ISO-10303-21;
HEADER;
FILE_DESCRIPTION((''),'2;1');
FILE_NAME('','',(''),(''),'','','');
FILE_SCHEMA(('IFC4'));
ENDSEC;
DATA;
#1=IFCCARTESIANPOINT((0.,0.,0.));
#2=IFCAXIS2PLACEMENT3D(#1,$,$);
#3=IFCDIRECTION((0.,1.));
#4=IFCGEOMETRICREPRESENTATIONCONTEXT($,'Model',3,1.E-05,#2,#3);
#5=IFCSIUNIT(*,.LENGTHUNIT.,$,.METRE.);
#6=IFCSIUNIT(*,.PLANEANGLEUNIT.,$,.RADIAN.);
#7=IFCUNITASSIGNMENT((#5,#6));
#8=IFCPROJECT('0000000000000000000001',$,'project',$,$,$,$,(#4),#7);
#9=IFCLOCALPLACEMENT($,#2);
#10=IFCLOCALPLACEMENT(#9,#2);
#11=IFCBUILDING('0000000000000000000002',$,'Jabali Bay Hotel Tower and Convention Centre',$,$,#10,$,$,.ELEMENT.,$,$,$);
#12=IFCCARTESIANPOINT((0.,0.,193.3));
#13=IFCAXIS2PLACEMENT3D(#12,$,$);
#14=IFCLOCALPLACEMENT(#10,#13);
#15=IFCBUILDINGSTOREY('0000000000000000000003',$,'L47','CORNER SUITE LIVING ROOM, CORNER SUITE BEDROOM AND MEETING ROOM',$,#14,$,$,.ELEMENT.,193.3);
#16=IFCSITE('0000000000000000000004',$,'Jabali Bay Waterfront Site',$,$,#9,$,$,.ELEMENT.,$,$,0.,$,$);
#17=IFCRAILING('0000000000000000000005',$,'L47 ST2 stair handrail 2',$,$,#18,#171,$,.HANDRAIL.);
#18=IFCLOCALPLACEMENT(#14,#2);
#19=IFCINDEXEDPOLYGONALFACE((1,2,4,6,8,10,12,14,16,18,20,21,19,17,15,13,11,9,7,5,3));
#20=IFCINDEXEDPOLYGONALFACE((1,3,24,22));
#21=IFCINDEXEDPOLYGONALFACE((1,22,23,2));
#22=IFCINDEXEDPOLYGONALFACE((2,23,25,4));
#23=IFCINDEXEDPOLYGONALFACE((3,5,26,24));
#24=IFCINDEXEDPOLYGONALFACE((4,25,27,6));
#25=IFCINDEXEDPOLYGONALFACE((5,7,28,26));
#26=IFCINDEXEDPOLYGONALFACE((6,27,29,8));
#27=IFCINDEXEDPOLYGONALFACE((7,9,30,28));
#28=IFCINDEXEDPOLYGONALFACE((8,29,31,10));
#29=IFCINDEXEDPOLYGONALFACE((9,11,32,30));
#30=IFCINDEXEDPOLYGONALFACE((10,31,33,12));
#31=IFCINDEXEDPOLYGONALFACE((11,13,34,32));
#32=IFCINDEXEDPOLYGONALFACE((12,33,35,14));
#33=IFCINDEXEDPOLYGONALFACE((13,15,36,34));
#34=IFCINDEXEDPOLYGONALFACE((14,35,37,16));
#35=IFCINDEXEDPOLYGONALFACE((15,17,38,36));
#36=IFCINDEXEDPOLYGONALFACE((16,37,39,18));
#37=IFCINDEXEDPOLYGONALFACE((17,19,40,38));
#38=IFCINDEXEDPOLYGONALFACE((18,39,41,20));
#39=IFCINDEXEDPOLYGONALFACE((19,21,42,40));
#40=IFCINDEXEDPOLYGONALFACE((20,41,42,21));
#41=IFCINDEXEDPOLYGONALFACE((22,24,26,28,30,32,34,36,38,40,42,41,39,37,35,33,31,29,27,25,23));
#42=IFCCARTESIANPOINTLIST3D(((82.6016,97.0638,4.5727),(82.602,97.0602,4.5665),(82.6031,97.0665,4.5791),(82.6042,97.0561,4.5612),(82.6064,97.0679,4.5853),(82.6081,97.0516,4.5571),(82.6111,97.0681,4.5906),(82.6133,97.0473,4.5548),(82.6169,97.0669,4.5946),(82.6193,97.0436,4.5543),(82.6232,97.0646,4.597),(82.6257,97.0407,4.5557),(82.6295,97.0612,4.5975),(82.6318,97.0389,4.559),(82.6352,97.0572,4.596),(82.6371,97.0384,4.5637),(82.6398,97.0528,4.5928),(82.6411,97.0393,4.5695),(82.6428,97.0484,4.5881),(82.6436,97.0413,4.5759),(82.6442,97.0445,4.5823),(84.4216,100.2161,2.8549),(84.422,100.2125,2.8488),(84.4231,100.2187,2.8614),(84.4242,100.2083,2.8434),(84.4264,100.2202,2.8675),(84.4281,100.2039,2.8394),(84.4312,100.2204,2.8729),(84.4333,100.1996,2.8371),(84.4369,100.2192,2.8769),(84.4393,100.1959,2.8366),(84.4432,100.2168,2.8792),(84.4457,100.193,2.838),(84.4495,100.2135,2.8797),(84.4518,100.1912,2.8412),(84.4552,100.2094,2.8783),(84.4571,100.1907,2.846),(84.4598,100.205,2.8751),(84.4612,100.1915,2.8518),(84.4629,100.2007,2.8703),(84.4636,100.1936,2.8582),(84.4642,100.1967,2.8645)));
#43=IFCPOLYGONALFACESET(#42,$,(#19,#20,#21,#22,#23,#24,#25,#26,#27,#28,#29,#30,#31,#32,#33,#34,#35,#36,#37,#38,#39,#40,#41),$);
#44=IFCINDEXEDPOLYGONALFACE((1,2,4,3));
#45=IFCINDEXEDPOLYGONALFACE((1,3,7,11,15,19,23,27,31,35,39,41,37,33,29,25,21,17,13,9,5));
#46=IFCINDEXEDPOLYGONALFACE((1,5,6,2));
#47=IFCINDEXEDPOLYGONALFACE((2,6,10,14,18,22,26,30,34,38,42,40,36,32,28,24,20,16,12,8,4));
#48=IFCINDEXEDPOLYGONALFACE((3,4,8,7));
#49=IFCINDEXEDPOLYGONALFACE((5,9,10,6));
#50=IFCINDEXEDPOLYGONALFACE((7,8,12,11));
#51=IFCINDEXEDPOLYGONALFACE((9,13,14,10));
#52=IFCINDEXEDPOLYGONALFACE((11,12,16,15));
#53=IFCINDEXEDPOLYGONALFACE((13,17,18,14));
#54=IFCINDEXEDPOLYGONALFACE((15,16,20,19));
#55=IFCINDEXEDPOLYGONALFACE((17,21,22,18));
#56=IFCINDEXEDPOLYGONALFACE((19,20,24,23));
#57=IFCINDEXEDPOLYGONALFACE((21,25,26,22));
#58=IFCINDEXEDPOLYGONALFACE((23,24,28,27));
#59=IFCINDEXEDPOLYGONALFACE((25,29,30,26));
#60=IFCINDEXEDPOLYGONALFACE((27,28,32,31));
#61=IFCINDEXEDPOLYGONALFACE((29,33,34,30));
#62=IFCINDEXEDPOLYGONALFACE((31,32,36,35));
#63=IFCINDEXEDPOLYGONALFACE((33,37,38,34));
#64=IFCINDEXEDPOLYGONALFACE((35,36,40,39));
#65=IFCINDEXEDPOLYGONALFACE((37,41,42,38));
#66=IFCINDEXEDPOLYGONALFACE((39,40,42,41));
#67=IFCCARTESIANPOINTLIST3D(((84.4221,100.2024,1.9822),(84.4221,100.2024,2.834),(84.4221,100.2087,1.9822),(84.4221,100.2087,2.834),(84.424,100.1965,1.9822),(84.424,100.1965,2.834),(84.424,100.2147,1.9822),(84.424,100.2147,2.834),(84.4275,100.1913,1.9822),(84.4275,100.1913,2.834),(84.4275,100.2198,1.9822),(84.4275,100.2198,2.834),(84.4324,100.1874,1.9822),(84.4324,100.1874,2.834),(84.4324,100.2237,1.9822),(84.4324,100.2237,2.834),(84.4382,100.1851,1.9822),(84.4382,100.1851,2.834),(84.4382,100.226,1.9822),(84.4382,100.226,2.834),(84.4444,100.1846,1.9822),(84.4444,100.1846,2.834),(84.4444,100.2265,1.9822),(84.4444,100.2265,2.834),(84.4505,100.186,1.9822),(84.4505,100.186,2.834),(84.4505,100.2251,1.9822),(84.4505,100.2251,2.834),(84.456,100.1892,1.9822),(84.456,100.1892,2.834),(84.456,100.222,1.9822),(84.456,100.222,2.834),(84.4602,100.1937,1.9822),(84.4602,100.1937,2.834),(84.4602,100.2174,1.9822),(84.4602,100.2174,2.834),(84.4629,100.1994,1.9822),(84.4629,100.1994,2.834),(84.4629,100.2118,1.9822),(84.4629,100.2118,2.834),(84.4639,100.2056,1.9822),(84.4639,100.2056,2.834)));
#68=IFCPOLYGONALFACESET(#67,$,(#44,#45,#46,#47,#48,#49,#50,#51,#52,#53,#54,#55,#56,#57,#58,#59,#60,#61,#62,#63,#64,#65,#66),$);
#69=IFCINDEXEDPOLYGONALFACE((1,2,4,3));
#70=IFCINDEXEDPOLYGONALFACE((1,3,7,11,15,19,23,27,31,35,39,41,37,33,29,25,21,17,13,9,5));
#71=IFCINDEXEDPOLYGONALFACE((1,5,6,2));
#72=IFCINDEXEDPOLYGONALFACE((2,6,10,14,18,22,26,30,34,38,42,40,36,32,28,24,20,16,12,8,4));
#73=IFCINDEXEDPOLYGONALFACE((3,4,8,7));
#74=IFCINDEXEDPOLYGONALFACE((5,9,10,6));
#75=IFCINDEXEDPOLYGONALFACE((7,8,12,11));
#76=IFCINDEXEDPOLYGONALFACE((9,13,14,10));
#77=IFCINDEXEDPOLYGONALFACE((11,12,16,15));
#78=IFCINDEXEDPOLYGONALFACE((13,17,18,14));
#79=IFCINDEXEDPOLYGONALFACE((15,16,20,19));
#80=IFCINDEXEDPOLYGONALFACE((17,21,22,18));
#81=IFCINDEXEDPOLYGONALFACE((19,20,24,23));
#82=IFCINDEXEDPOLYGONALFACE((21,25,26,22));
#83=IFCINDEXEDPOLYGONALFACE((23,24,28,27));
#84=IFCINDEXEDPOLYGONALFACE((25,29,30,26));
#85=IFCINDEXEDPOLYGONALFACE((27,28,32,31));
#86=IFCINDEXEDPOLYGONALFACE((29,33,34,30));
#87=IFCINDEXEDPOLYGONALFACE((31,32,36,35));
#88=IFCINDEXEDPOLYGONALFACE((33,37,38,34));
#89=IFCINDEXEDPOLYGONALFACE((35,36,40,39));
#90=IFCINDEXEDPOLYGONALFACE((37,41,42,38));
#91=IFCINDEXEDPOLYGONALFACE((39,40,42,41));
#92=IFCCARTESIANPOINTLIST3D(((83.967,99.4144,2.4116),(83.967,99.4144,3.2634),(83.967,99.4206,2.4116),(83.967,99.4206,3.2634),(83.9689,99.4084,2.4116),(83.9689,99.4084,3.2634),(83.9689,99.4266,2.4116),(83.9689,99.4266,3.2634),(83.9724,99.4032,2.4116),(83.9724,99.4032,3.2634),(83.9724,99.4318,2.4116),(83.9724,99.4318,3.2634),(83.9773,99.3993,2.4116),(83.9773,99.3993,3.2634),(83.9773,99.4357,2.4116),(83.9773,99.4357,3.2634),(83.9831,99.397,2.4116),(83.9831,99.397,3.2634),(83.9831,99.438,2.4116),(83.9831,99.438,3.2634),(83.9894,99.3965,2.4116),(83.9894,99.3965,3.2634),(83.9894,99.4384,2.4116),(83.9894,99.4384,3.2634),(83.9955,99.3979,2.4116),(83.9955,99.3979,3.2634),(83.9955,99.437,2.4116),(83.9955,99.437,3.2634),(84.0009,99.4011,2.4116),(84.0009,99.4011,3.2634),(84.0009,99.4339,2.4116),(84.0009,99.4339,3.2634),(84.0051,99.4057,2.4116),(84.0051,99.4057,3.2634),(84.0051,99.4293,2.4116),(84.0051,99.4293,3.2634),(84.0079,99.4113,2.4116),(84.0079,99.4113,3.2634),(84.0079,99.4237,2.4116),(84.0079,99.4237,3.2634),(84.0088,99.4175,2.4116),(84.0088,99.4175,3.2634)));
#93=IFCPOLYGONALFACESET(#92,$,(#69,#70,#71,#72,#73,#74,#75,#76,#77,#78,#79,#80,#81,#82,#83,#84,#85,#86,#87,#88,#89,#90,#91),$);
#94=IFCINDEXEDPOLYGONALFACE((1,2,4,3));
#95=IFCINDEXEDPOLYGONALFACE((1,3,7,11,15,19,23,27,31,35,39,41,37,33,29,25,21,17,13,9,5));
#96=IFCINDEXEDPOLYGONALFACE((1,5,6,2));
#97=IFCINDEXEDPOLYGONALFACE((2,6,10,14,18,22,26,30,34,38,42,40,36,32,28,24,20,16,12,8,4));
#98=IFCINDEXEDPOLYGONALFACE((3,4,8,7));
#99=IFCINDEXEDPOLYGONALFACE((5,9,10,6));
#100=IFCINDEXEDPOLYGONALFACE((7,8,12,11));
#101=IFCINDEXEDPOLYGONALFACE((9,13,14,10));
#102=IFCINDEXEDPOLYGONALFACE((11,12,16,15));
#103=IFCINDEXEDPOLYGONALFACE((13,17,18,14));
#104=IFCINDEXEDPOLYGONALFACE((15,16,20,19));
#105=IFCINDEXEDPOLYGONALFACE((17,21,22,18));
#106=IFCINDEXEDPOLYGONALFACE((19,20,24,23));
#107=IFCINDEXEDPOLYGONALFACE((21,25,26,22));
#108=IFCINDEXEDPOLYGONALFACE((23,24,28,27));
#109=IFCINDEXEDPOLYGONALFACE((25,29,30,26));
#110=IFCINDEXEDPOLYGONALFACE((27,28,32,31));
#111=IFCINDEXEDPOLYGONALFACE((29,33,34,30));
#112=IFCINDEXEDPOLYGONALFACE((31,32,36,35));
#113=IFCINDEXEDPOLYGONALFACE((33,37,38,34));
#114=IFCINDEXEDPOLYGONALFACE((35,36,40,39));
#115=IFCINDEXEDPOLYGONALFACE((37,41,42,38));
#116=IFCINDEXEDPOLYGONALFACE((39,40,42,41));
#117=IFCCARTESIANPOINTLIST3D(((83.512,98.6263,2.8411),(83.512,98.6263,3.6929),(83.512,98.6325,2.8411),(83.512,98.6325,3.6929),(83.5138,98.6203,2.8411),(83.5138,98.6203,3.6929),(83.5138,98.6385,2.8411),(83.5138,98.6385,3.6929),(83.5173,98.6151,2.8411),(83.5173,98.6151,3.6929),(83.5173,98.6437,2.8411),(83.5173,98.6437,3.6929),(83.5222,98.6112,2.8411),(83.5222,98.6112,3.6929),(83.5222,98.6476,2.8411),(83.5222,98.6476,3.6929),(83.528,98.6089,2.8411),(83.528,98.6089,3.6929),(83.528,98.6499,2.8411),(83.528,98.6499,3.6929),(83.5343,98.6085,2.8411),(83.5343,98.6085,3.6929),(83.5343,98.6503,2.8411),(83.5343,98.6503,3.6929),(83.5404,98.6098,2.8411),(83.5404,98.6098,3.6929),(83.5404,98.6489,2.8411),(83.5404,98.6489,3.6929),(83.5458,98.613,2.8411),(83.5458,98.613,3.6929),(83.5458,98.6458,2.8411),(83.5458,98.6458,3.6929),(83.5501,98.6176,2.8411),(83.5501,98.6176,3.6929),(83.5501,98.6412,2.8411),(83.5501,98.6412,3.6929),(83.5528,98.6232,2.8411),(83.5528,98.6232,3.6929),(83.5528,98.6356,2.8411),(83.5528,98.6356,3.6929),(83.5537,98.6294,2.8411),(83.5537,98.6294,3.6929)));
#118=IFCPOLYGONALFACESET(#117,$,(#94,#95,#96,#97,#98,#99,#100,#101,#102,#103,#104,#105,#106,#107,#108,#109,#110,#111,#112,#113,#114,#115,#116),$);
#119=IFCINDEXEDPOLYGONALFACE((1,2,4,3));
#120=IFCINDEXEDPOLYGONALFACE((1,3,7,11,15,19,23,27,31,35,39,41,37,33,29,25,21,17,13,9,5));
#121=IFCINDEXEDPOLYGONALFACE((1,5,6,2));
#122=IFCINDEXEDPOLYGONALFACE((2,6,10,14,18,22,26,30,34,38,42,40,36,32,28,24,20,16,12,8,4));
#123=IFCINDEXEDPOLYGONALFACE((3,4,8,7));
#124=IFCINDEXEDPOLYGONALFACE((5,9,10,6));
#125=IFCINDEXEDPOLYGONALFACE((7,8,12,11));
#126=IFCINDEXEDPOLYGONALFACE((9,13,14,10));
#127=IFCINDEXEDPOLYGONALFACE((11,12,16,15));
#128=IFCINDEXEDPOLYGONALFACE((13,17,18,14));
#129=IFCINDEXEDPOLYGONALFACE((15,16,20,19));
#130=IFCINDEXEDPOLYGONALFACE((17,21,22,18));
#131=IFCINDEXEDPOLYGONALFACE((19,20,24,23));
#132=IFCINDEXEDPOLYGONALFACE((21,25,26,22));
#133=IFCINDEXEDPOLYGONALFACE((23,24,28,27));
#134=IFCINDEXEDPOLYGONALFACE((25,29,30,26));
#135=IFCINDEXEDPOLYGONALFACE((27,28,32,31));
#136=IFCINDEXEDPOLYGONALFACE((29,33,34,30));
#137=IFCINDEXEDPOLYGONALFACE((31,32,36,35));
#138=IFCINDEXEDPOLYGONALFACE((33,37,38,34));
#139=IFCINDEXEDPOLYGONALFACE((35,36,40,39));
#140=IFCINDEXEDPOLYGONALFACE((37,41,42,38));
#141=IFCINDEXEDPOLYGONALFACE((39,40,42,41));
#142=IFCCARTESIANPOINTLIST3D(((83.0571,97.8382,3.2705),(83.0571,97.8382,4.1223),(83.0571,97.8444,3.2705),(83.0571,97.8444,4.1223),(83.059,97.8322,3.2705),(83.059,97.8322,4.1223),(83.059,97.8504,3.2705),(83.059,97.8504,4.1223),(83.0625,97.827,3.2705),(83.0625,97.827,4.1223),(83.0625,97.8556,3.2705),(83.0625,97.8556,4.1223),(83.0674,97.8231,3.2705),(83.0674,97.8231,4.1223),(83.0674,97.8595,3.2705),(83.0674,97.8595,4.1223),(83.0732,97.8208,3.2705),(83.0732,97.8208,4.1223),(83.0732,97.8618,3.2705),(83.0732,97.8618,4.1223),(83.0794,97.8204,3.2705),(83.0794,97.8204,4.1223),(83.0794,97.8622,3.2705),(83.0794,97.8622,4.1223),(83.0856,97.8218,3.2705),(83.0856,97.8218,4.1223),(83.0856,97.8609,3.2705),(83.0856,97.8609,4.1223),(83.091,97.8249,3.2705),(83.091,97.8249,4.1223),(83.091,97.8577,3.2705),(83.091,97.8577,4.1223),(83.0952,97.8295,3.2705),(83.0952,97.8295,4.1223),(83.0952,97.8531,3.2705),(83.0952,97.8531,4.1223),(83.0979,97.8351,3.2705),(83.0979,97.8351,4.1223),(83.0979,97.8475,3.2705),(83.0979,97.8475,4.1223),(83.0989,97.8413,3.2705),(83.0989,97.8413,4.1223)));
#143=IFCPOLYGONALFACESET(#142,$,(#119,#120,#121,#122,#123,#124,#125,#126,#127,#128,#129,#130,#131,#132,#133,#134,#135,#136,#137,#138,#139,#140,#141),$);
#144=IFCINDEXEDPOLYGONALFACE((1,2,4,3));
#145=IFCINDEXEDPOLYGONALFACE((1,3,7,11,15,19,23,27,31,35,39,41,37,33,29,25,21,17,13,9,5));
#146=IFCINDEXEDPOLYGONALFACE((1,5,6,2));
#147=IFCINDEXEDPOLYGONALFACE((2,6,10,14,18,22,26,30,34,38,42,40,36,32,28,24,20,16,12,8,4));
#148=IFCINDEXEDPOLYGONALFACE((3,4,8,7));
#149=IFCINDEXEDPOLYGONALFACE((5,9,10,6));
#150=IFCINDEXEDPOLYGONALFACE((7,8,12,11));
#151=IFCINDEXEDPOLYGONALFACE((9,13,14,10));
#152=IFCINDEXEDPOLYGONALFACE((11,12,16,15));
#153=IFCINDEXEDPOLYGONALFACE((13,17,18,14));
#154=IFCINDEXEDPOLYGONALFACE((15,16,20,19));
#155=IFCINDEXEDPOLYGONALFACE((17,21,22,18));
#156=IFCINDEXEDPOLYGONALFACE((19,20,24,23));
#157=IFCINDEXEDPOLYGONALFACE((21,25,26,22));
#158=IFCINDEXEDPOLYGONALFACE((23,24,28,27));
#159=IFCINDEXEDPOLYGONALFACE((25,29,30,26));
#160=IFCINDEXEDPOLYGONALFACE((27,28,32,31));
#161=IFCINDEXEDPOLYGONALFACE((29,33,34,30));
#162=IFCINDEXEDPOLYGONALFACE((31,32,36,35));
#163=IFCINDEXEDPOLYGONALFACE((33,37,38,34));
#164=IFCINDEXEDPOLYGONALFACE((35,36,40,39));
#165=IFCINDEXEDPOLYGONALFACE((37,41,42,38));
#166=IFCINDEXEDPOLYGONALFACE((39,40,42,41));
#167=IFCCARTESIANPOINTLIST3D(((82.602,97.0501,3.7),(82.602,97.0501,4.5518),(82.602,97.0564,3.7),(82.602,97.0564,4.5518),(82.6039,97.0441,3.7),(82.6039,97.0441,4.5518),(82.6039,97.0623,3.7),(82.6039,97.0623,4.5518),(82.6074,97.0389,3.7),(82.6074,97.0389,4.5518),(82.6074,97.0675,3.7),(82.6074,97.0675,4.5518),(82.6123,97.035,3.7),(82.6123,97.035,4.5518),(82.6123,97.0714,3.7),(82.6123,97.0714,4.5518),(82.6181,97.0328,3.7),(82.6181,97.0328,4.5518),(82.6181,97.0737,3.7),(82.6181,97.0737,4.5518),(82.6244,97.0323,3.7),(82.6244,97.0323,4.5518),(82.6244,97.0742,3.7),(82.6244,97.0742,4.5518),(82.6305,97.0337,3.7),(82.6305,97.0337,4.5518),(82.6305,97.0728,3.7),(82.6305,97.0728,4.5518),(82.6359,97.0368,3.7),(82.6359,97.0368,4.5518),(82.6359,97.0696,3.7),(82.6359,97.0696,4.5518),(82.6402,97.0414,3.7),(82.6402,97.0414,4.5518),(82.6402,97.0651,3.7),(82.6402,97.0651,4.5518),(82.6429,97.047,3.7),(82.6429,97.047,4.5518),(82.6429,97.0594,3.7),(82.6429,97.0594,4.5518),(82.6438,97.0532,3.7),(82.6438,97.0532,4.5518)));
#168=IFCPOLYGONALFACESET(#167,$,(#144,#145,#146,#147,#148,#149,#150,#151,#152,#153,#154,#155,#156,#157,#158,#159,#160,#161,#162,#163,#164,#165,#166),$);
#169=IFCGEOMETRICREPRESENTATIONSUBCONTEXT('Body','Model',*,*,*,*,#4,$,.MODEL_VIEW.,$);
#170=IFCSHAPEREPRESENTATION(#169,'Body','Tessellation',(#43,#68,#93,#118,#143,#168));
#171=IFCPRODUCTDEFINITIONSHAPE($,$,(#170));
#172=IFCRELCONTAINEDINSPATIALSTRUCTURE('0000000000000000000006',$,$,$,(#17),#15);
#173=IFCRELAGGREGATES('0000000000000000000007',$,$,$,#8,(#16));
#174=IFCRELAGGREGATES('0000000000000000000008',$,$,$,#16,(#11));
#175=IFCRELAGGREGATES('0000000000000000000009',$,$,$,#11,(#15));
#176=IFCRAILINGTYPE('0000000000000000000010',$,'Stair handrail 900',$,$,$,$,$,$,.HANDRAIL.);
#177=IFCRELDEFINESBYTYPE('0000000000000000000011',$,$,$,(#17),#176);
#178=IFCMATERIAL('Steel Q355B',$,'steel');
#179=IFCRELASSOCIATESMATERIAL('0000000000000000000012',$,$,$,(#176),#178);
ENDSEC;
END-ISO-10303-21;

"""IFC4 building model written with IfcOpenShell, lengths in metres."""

from ifc_helpers import new_model, si_unit, direction, frame, origin, origin_2d, place, context, subcontext, project, spatial, circle, extrude, material, type_object, element, save


model = new_model("IFC4")

# Units and contexts
model_context = context("Model", 3, precision=1e-05, world=origin(), true_north=direction((0.0, 1.0)))
body_context = subcontext(model_context, "Body", "Model", "MODEL_VIEW")
ifc_project = project(units=[si_unit("LENGTHUNIT", "METRE"), si_unit("PLANEANGLEUNIT", "RADIAN")], contexts=[model_context])

# Site, building, storey
site_placement = place(None, origin())
site = spatial("IfcSite", under=ifc_project, at=site_placement, Name="Jabali Bay Waterfront Site", CompositionType="ELEMENT", RefElevation=0.0)
building_placement = place(site_placement, origin())
building = spatial("IfcBuilding", under=site, at=building_placement, Name="Jabali Bay Hotel Tower and Convention Centre", CompositionType="ELEMENT")
storey_placement = place(building_placement, frame((0.0, 0.0, 193.3)))
storey = spatial("IfcBuildingStorey", under=building, at=storey_placement, Name="L47", Description="CORNER SUITE LIVING ROOM, CORNER SUITE BEDROOM AND MEETING ROOM", CompositionType="ELEMENT", Elevation=193.3)

# Railing
ifc_material_1 = material(Name="Steel Q355B", Category="steel")
railing_type_1 = type_object("IfcRailingType", Name="Stair handrail 900", PredefinedType="HANDRAIL", material=ifc_material_1)
railing_1_placement = place(storey_placement, frame((84.4429, 100.2056, 1.9822)))
element("IfcRailing", 1, at=railing_1_placement, inside=storey, type_object=railing_type_1, Name="L47 ST2 stair handrail 2", PredefinedType="HANDRAIL", context=body_context, shape_type="SweptSolid", body=[
    extrude(circle(Radius=0.0239, at=origin_2d()), frame((0.0, 0.0, 0.876), z_axis=(-0.45219, -0.78319, 0.426775), x_axis=(0.866018, -0.500013, 0.0)), (0.0, 0.0, 1.0), 4.0249),
    extrude(circle(Radius=0.021, at=origin_2d()), origin(), (0.0, 0.0, 1.0), 0.8518),
    extrude(circle(Radius=0.021, at=origin_2d()), frame((-0.4551, -0.7881, 0.4294)), (0.0, 0.0, 1.0), 0.8518),
    extrude(circle(Radius=0.021, at=origin_2d()), frame((-0.9102, -1.5762, 0.8589)), (0.0, 0.0, 1.0), 0.8518),
    extrude(circle(Radius=0.021, at=origin_2d()), frame((-1.365, -2.3643, 1.2883)), (0.0, 0.0, 1.0), 0.8518),
    extrude(circle(Radius=0.021, at=origin_2d()), frame((-1.8201, -3.1523, 1.7178)), (0.0, 0.0, 1.0), 0.8518),
])

save(model, "model.ifc")
